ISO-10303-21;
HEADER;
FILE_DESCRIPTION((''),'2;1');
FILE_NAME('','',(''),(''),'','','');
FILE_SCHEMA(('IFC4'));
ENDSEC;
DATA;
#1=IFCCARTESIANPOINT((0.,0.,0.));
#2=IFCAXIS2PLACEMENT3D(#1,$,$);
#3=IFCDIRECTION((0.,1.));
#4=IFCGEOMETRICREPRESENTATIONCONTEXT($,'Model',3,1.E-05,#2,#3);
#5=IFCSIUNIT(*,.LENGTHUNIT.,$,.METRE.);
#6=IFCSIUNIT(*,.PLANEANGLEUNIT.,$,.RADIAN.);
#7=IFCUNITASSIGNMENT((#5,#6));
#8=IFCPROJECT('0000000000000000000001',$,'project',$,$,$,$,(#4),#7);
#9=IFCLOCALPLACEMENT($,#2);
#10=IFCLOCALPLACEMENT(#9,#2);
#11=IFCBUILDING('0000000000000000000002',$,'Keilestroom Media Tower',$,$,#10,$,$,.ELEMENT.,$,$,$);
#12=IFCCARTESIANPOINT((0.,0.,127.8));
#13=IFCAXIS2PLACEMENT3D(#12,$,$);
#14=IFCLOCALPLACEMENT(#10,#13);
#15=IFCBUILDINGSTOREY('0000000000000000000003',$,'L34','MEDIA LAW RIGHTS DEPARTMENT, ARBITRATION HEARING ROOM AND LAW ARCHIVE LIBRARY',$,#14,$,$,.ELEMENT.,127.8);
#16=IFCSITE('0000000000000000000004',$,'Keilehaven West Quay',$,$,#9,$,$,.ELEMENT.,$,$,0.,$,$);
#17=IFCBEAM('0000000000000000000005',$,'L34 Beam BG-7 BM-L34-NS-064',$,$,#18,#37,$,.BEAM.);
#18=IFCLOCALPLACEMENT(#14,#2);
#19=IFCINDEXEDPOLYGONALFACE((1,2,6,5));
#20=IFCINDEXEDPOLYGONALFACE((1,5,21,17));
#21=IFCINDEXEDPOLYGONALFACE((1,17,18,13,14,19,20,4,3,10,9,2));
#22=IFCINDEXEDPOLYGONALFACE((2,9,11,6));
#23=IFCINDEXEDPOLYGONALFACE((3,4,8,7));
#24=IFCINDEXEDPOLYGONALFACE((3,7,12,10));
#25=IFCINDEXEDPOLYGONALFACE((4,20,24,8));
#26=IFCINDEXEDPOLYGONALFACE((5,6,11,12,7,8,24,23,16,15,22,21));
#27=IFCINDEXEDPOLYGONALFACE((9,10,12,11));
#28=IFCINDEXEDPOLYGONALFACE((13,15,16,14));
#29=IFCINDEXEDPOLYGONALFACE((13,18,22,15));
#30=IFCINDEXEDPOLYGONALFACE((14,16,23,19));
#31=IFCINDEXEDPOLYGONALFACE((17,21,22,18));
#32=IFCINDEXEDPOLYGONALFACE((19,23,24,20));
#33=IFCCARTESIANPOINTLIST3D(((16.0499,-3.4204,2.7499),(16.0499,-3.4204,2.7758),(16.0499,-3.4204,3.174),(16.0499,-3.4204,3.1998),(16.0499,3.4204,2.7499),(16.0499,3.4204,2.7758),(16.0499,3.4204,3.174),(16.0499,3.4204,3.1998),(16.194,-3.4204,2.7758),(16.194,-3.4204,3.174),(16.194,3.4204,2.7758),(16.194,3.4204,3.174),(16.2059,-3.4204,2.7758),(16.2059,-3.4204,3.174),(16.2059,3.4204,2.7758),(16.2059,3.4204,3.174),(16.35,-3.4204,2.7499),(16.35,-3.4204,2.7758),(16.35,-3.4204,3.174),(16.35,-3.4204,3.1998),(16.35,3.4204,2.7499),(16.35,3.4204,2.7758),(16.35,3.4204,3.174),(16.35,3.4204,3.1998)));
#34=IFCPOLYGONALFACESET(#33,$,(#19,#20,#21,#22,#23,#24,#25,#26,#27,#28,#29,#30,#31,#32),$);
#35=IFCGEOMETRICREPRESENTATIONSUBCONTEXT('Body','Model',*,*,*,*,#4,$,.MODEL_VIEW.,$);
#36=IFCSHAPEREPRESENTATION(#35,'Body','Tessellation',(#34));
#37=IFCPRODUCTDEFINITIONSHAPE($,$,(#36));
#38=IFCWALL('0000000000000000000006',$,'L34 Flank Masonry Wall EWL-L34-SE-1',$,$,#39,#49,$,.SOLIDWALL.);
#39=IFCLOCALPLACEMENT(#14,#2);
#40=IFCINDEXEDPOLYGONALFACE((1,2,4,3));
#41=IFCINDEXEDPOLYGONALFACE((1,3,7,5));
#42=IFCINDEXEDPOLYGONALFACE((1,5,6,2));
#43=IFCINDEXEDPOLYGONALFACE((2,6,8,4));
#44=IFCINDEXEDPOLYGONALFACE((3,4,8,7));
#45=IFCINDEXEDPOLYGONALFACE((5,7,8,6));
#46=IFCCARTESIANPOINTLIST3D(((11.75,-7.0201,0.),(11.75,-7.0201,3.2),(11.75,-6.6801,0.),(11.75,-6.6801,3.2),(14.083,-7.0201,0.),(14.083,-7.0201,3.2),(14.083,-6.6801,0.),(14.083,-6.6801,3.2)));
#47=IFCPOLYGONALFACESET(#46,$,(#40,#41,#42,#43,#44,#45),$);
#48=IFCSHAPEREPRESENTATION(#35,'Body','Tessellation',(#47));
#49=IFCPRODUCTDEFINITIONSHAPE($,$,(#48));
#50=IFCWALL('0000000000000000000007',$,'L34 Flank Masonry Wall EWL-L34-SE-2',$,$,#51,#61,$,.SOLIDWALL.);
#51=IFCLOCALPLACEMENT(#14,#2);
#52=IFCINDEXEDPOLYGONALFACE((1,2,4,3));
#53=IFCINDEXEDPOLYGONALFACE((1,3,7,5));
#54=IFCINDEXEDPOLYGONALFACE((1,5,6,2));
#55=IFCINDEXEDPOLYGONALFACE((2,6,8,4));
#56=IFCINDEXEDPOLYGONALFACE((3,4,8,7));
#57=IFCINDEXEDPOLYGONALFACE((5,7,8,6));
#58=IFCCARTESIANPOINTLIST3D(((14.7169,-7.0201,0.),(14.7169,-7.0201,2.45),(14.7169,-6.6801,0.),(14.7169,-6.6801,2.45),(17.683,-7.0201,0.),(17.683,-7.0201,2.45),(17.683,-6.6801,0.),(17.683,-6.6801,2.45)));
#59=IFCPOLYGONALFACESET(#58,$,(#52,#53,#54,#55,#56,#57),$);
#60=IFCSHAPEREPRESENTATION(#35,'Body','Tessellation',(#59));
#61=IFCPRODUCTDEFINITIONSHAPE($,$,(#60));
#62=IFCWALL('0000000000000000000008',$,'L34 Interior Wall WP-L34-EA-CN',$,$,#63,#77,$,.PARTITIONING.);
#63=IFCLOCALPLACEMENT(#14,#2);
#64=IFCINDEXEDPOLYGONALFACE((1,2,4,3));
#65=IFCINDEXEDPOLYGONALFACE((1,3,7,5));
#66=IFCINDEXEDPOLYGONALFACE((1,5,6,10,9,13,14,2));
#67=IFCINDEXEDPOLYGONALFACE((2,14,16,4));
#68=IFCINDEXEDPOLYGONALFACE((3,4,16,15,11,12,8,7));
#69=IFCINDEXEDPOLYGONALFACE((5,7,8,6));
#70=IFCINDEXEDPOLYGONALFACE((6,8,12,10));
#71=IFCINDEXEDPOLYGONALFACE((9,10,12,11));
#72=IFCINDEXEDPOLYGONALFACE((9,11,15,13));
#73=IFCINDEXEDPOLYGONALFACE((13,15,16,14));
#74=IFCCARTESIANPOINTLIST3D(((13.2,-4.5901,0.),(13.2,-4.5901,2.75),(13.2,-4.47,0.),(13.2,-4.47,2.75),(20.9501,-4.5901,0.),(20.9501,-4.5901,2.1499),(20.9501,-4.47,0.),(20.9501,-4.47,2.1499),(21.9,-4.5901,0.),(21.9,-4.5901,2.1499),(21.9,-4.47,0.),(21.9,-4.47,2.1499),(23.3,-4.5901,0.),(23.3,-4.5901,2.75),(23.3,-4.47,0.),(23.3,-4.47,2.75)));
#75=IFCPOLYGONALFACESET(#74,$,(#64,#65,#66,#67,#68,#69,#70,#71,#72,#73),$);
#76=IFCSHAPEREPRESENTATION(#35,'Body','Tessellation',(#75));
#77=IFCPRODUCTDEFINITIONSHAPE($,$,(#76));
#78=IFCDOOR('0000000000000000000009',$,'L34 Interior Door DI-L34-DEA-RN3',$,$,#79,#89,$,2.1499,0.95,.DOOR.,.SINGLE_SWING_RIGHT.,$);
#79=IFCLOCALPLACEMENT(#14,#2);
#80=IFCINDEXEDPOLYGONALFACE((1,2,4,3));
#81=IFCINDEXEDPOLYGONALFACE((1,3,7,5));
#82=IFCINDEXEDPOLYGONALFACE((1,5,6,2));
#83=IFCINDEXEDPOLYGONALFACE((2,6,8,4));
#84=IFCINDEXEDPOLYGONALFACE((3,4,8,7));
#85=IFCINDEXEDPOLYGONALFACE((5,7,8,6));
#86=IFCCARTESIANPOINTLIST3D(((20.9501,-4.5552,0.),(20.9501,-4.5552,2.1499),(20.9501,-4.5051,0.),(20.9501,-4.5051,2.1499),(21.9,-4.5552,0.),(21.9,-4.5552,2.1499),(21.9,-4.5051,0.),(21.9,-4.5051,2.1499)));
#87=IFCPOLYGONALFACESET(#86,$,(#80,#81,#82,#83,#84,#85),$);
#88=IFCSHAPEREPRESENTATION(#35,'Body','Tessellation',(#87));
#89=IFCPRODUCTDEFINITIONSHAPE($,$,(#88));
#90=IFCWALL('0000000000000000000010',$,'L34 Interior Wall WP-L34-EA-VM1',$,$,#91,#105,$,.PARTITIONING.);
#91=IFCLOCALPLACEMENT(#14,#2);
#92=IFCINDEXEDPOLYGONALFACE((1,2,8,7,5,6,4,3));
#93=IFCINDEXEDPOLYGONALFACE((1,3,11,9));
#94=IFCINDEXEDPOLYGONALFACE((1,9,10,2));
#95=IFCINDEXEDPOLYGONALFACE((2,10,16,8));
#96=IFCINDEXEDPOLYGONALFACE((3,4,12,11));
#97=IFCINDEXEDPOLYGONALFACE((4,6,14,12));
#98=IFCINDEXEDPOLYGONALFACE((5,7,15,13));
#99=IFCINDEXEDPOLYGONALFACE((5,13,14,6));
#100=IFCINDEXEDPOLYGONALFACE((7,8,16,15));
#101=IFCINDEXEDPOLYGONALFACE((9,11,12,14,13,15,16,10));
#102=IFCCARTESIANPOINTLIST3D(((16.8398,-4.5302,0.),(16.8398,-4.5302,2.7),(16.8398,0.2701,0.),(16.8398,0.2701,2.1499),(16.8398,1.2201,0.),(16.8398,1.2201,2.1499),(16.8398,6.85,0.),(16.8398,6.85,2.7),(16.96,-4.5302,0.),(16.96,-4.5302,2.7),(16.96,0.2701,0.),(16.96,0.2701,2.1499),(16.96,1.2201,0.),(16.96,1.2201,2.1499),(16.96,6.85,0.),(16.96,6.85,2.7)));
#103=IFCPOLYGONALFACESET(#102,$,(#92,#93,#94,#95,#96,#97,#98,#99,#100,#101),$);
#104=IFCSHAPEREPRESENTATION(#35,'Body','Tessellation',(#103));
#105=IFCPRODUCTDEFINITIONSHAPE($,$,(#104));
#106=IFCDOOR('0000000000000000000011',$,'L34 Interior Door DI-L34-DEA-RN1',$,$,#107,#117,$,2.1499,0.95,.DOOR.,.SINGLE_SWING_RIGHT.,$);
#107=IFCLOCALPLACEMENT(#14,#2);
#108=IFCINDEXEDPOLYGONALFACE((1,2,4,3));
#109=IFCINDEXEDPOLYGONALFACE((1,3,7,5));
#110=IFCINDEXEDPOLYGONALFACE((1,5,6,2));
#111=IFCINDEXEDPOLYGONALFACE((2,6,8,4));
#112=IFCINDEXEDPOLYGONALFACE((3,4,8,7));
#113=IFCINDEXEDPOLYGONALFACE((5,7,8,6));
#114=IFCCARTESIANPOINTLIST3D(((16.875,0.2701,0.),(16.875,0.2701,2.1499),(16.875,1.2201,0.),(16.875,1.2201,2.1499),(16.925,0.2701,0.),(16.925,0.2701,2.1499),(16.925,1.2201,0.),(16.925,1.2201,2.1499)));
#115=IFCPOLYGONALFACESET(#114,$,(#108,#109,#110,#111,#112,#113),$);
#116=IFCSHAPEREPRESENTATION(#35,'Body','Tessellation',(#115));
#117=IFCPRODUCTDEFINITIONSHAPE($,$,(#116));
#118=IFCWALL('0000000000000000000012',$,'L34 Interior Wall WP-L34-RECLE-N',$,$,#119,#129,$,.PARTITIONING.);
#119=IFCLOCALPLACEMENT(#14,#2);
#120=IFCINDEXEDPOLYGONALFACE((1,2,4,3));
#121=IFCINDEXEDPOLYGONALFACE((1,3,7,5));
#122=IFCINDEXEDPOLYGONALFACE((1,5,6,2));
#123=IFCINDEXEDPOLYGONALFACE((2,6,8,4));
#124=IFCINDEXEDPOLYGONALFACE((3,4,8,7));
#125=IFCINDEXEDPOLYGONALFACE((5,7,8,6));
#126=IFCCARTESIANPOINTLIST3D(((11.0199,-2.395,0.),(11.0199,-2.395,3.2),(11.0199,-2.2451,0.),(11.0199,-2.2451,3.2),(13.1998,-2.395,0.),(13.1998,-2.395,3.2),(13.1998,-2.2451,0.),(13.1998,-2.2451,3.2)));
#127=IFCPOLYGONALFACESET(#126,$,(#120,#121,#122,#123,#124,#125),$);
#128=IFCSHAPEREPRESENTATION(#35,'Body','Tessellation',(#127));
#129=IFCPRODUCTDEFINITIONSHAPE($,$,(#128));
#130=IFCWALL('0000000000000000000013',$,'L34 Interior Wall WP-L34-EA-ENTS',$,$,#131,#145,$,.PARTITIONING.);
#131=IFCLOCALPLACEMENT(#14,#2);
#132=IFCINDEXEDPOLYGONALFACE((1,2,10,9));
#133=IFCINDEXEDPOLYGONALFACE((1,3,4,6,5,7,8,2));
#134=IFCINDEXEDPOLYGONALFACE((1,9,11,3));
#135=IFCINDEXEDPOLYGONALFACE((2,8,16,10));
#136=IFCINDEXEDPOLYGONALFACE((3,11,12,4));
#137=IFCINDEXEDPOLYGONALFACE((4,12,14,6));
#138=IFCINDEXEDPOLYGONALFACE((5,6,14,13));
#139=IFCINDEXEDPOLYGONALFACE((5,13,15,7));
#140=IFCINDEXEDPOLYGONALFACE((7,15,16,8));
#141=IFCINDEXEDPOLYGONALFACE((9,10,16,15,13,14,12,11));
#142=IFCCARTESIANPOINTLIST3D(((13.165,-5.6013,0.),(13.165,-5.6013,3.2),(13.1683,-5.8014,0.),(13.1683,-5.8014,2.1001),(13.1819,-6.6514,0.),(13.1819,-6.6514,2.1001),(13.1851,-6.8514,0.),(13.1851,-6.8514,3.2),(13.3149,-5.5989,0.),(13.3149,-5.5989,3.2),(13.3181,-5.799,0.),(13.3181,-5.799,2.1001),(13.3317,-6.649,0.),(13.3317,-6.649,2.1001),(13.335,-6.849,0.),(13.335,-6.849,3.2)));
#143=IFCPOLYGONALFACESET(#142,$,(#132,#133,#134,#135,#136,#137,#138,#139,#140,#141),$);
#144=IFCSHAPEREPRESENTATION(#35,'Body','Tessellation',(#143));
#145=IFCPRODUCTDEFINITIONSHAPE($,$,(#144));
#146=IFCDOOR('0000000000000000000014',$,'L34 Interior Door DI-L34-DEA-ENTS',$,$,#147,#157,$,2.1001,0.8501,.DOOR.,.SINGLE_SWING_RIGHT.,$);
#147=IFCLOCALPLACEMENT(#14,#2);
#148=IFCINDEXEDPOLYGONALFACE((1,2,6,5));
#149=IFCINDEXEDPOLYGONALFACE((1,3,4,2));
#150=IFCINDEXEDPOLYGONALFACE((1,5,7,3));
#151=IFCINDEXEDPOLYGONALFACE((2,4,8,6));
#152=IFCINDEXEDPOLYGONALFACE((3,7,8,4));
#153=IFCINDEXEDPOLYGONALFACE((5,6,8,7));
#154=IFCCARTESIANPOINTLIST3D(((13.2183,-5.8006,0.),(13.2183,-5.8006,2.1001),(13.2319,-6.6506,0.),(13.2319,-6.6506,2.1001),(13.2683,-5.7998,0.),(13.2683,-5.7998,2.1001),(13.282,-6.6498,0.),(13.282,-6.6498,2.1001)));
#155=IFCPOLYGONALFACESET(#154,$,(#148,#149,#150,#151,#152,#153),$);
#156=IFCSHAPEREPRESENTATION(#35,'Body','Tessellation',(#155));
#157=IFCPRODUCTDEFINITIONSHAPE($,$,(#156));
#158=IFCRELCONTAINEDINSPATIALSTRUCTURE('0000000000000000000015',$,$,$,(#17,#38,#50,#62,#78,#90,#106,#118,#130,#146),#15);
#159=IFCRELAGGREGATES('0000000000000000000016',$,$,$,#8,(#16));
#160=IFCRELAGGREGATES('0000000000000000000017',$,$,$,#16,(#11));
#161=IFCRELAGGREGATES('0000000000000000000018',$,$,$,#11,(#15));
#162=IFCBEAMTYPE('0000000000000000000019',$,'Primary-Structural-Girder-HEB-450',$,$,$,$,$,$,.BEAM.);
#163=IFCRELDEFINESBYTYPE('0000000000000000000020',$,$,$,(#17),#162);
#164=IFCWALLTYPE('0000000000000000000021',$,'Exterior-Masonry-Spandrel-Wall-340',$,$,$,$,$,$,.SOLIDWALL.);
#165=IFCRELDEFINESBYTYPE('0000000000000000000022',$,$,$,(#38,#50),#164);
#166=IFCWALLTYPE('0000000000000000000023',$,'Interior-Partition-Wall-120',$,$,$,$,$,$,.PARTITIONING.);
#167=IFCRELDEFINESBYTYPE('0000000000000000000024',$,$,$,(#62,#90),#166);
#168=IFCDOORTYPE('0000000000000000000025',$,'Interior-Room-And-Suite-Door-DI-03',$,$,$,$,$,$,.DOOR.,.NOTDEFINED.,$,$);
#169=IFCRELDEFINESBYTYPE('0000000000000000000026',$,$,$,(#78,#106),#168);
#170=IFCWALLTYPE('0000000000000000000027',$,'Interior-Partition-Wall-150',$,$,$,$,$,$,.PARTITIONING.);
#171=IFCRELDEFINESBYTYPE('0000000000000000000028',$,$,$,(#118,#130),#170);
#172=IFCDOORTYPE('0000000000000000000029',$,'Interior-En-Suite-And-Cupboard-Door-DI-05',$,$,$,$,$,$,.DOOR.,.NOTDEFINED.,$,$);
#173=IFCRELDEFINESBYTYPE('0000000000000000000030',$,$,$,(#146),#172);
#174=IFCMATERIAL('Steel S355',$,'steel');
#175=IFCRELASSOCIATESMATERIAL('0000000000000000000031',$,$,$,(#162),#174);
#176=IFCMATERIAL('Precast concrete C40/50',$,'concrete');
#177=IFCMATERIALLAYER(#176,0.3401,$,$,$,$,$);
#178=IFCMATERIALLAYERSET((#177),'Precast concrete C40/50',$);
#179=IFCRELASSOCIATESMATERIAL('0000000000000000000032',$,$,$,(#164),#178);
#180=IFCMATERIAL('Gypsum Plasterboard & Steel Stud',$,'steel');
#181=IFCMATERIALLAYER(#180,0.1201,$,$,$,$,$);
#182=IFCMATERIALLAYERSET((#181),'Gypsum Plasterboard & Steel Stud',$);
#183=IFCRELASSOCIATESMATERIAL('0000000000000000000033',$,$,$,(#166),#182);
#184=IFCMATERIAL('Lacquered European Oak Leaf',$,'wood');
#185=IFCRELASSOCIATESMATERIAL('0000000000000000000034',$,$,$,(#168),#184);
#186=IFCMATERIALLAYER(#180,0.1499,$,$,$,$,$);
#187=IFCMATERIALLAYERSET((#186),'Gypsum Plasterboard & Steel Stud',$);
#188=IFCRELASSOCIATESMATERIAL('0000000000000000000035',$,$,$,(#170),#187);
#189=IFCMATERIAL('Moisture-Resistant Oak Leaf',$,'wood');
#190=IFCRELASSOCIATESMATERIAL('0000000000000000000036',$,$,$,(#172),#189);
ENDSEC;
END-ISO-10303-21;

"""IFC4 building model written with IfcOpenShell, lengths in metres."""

from ifc_helpers import new_model, si_unit, direction, frame, frame_2d, origin, origin_2d, place, context, subcontext, project, spatial, rectangle, i_section, extrude, source, transform, mapped, material, layer, layer_set, material_profile, profile_set, type_object, element, fill, save


model = new_model("IFC4")

# Units and contexts
model_context = context("Model", 3, precision=1e-05, world=origin(), true_north=direction((0.0, 1.0)))
body_context = subcontext(model_context, "Body", "Model", "MODEL_VIEW")
ifc_project = project(units=[si_unit("LENGTHUNIT", "METRE"), si_unit("PLANEANGLEUNIT", "RADIAN")], contexts=[model_context])

# Site, building, storey
site_placement = place(None, origin())
site = spatial("IfcSite", under=ifc_project, at=site_placement, Name="Keilehaven West Quay", CompositionType="ELEMENT", RefElevation=0.0)
building_placement = place(site_placement, origin())
building = spatial("IfcBuilding", under=site, at=building_placement, Name="Keilestroom Media Tower", CompositionType="ELEMENT")
storey_placement = place(building_placement, frame((0.0, 0.0, 127.8)))
storey = spatial("IfcBuildingStorey", under=building, at=storey_placement, Name="L34", Description="MEDIA LAW RIGHTS DEPARTMENT, ARBITRATION HEARING ROOM AND LAW ARCHIVE LIBRARY", CompositionType="ELEMENT", Elevation=127.8)

# Shared definitions
ifc_material_1 = material(Name="Precast concrete C40/50", Category="concrete")
ifc_material_2 = material(Name="Steel S355", Category="steel")

# Beam
ifc_material_profile_1 = material_profile(ifc_material_2, i_section(OverallWidth=0.3, OverallDepth=0.45, WebThickness=0.012, FlangeThickness=0.0259, at=origin_2d()), Name="HEB 450")
ifc_profile_set_1 = profile_set([ifc_material_profile_1], Name="Steel S355")
beam_type_1 = type_object("IfcBeamType", Name="Primary-Structural-Girder-HEB-450", PredefinedType="BEAM", material=ifc_profile_set_1)
shared_shape_1 = source(origin(), body_context, "Body", "SweptSolid", [
    extrude(i_section(OverallWidth=0.3, OverallDepth=0.45, WebThickness=0.012, FlangeThickness=0.0259, at=origin_2d()), origin(), (0.0, 0.0, 1.0), 6.8408),
])
for number, where, z_axis, x_axis, name in (
    (1, (16.2, -3.4204, 2.9749), (0.0, 1.0, 0.0), (-1.0, 0.0, 0.0), "L34 Beam BG-7 BM-L34-NS-064"),
):
    element("IfcBeam", number, at=place(storey_placement, frame(where, z_axis=z_axis, x_axis=x_axis)), inside=storey, type_object=beam_type_1, Name=name, PredefinedType="BEAM", context=body_context, shape_type="MappedRepresentation", body=[
        mapped(shared_shape_1, transform((0.0, 0.0, 0.0), x_axis=(1.0, 0.0, 0.0), y_axis=(0.0, 1.0, 0.0), z_axis=(0.0, 0.0, 1.0), scale=1.0)),
    ])

# Walls
ifc_layer_1 = layer(ifc_material_1, 0.3401)
ifc_layer_set_1 = layer_set([ifc_layer_1], Name="Precast concrete C40/50")
wall_type_1 = type_object("IfcWallType", Name="Exterior-Masonry-Spandrel-Wall-340", PredefinedType="SOLIDWALL", material=ifc_layer_set_1)
wall_1_placement = place(storey_placement, frame((11.75, -6.8501, 0.0), z_axis=(0.0, 0.0, 1.0), x_axis=(1.0, 0.0, 0.0)))
element("IfcWall", 2, at=wall_1_placement, inside=storey, type_object=wall_type_1, Name="L34 Flank Masonry Wall EWL-L34-SE-1", PredefinedType="SOLIDWALL", context=body_context, shape_type="SweptSolid", body=[
    extrude(rectangle(XDim=2.333, YDim=0.3401, at=frame_2d((1.1665, 0.0))), origin(), (0.0, 0.0, 1.0), 3.2),
])
wall_2_placement = place(storey_placement, frame((14.717, -6.8501, 0.0), z_axis=(0.0, 0.0, 1.0), x_axis=(1.0, 0.0, 0.0)))
element("IfcWall", 3, at=wall_2_placement, inside=storey, type_object=wall_type_1, Name="L34 Flank Masonry Wall EWL-L34-SE-2", PredefinedType="SOLIDWALL", context=body_context, shape_type="SweptSolid", body=[
    extrude(rectangle(XDim=2.9661, YDim=0.3401, at=frame_2d((1.4829, 0.0))), origin(), (0.0, 0.0, 1.0), 2.45),
])

# Walls, openings, doors
ifc_material_3 = material(Name="Gypsum Plasterboard & Steel Stud", Category="steel")
ifc_layer_2 = layer(ifc_material_3, 0.1201)
ifc_layer_set_2 = layer_set([ifc_layer_2], Name="Gypsum Plasterboard & Steel Stud")
wall_type_2 = type_object("IfcWallType", Name="Interior-Partition-Wall-120", PredefinedType="PARTITIONING", material=ifc_layer_set_2)
wall_3_placement = place(storey_placement, frame((13.2, -4.53, 0.0), z_axis=(0.0, 0.0, 1.0), x_axis=(1.0, 0.0, 0.0)))
wall_3 = element("IfcWall", 4, at=wall_3_placement, inside=storey, type_object=wall_type_2, Name="L34 Interior Wall WP-L34-EA-CN", PredefinedType="PARTITIONING", context=body_context, shape_type="SweptSolid", body=[
    extrude(rectangle(XDim=10.1001, YDim=0.1201, at=frame_2d((5.05, 0.0))), origin(), (0.0, 0.0, 1.0), 2.75),
])
opening_1_placement = place(wall_3_placement, frame((7.75, 0.0, 0.0)))
opening_1 = element("IfcOpeningElement", 5, at=opening_1_placement, cuts=wall_3, PredefinedType="OPENING", context=body_context, shape_type="SweptSolid", body=[
    extrude(rectangle(XDim=0.95, YDim=2.1499, at=frame_2d((0.4751, 1.075))), frame((0.0, 0.0701, 0.0), z_axis=(0.0, -1.0, 0.0), x_axis=(1.0, 0.0, 0.0)), (0.0, 0.0, 1.0), 0.1401),
])
ifc_material_4 = material(Name="Lacquered European Oak Leaf", Category="wood")
door_type_1 = type_object("IfcDoorType", Name="Interior-Room-And-Suite-Door-DI-03", OperationType="NOTDEFINED", PredefinedType="DOOR", material=ifc_material_4)
shared_shape_2 = source(origin(), body_context, "Body", "SweptSolid", [
    extrude(rectangle(XDim=0.95, YDim=2.1499, at=frame_2d((0.4751, 1.075))), frame((0.0, 0.0249, 0.0), z_axis=(0.0, -1.0, 0.0), x_axis=(1.0, 0.0, 0.0)), (0.0, 0.0, 1.0), 0.05),
])
door_1_placement = place(opening_1_placement, origin())
door_1 = element("IfcDoor", 6, at=door_1_placement, inside=storey, type_object=door_type_1, Name="L34 Interior Door DI-L34-DEA-RN3", OperationType="SINGLE_SWING_RIGHT", OverallHeight=2.1499, OverallWidth=0.95, PredefinedType="DOOR", context=body_context, shape_type="MappedRepresentation", body=[
    mapped(shared_shape_2, transform((0.0, 0.0, 0.0), x_axis=(1.0, 0.0, 0.0), y_axis=(0.0, 1.0, 0.0), z_axis=(0.0, 0.0, 1.0), scale=1.0)),
])
fill(opening_1, door_1)
wall_4_placement = place(storey_placement, frame((16.8999, -4.53, 0.0), z_axis=(0.0, 0.0, 1.0), x_axis=(0.0, 1.0, 0.0)))
wall_4 = element("IfcWall", 7, at=wall_4_placement, inside=storey, type_object=wall_type_2, Name="L34 Interior Wall WP-L34-EA-VM1", PredefinedType="PARTITIONING", context=body_context, shape_type="SweptSolid", body=[
    extrude(rectangle(XDim=11.3801, YDim=0.1201, at=frame_2d((5.6899, 0.0))), origin(), (0.0, 0.0, 1.0), 2.7),
])
opening_2_placement = place(wall_4_placement, frame((4.8, 0.0, 0.0)))
opening_2 = element("IfcOpeningElement", 8, at=opening_2_placement, cuts=wall_4, PredefinedType="OPENING", context=body_context, shape_type="SweptSolid", body=[
    extrude(rectangle(XDim=0.95, YDim=2.1499, at=frame_2d((0.4751, 1.075))), frame((0.0, 0.0701, 0.0), z_axis=(0.0, -1.0, 0.0), x_axis=(1.0, 0.0, 0.0)), (0.0, 0.0, 1.0), 0.1401),
])
door_2_placement = place(opening_2_placement, origin())
door_2 = element("IfcDoor", 9, at=door_2_placement, inside=storey, type_object=door_type_1, Name="L34 Interior Door DI-L34-DEA-RN1", OperationType="SINGLE_SWING_RIGHT", OverallHeight=2.1499, OverallWidth=0.95, PredefinedType="DOOR", context=body_context, shape_type="MappedRepresentation", body=[
    mapped(shared_shape_2, transform((0.0, 0.0, 0.0), x_axis=(1.0, 0.0, 0.0), y_axis=(0.0, 1.0, 0.0), z_axis=(0.0, 0.0, 1.0), scale=1.0)),
])
fill(opening_2, door_2)

# Wall
ifc_layer_3 = layer(ifc_material_3, 0.1499)
ifc_layer_set_3 = layer_set([ifc_layer_3], Name="Gypsum Plasterboard & Steel Stud")
wall_type_3 = type_object("IfcWallType", Name="Interior-Partition-Wall-150", PredefinedType="PARTITIONING", material=ifc_layer_set_3)
wall_5_placement = place(storey_placement, frame((11.02, -2.3201, 0.0), z_axis=(0.0, 0.0, 1.0), x_axis=(1.0, 0.0, 0.0)))
element("IfcWall", 10, at=wall_5_placement, inside=storey, type_object=wall_type_3, Name="L34 Interior Wall WP-L34-RECLE-N", PredefinedType="PARTITIONING", context=body_context, shape_type="SweptSolid", body=[
    extrude(rectangle(XDim=2.1799, YDim=0.1499, at=frame_2d((1.0898, 0.0))), origin(), (0.0, 0.0, 1.0), 3.2),
])

# Wall, opening, door
wall_6_placement = place(storey_placement, frame((13.26, -6.8501, 0.0), z_axis=(0.0, 0.0, 1.0), x_axis=(-0.016014, 0.999872, 0.0)))
wall_6 = element("IfcWall", 11, at=wall_6_placement, inside=storey, type_object=wall_type_3, Name="L34 Interior Wall WP-L34-EA-ENTS", PredefinedType="PARTITIONING", context=body_context, shape_type="SweptSolid", body=[
    extrude(rectangle(XDim=1.2502, YDim=0.1499, at=frame_2d((0.625, 0.0))), origin(), (0.0, 0.0, 1.0), 3.2),
])
opening_3_placement = place(wall_6_placement, frame((0.2, 0.0, 0.0)))
opening_3 = element("IfcOpeningElement", 12, at=opening_3_placement, cuts=wall_6, PredefinedType="OPENING", context=body_context, shape_type="SweptSolid", body=[
    extrude(rectangle(XDim=0.8501, YDim=2.1001, at=frame_2d((0.425, 1.05))), frame((0.0, 0.085, 0.0), z_axis=(0.0, -1.0, 0.0), x_axis=(1.0, 0.0, 0.0)), (0.0, 0.0, 1.0), 0.1699),
])
ifc_material_5 = material(Name="Moisture-Resistant Oak Leaf", Category="wood")
door_type_2 = type_object("IfcDoorType", Name="Interior-En-Suite-And-Cupboard-Door-DI-05", OperationType="NOTDEFINED", PredefinedType="DOOR", material=ifc_material_5)
shared_shape_3 = source(origin(), body_context, "Body", "SweptSolid", [
    extrude(rectangle(XDim=0.8501, YDim=2.1001, at=frame_2d((0.425, 1.05))), frame((0.0, 0.0249, 0.0), z_axis=(0.0, -1.0, 0.0), x_axis=(1.0, 0.0, 0.0)), (0.0, 0.0, 1.0), 0.05),
])
door_3_placement = place(opening_3_placement, origin())
door_3 = element("IfcDoor", 13, at=door_3_placement, inside=storey, type_object=door_type_2, Name="L34 Interior Door DI-L34-DEA-ENTS", OperationType="SINGLE_SWING_RIGHT", OverallHeight=2.1001, OverallWidth=0.8501, PredefinedType="DOOR", context=body_context, shape_type="MappedRepresentation", body=[
    mapped(shared_shape_3, transform((0.0, 0.0, 0.0), x_axis=(1.0, 0.0, 0.0), y_axis=(0.0, 1.0, 0.0), z_axis=(0.0, 0.0, 1.0), scale=1.0)),
])
fill(opening_3, door_3)

save(model, "model.ifc")
